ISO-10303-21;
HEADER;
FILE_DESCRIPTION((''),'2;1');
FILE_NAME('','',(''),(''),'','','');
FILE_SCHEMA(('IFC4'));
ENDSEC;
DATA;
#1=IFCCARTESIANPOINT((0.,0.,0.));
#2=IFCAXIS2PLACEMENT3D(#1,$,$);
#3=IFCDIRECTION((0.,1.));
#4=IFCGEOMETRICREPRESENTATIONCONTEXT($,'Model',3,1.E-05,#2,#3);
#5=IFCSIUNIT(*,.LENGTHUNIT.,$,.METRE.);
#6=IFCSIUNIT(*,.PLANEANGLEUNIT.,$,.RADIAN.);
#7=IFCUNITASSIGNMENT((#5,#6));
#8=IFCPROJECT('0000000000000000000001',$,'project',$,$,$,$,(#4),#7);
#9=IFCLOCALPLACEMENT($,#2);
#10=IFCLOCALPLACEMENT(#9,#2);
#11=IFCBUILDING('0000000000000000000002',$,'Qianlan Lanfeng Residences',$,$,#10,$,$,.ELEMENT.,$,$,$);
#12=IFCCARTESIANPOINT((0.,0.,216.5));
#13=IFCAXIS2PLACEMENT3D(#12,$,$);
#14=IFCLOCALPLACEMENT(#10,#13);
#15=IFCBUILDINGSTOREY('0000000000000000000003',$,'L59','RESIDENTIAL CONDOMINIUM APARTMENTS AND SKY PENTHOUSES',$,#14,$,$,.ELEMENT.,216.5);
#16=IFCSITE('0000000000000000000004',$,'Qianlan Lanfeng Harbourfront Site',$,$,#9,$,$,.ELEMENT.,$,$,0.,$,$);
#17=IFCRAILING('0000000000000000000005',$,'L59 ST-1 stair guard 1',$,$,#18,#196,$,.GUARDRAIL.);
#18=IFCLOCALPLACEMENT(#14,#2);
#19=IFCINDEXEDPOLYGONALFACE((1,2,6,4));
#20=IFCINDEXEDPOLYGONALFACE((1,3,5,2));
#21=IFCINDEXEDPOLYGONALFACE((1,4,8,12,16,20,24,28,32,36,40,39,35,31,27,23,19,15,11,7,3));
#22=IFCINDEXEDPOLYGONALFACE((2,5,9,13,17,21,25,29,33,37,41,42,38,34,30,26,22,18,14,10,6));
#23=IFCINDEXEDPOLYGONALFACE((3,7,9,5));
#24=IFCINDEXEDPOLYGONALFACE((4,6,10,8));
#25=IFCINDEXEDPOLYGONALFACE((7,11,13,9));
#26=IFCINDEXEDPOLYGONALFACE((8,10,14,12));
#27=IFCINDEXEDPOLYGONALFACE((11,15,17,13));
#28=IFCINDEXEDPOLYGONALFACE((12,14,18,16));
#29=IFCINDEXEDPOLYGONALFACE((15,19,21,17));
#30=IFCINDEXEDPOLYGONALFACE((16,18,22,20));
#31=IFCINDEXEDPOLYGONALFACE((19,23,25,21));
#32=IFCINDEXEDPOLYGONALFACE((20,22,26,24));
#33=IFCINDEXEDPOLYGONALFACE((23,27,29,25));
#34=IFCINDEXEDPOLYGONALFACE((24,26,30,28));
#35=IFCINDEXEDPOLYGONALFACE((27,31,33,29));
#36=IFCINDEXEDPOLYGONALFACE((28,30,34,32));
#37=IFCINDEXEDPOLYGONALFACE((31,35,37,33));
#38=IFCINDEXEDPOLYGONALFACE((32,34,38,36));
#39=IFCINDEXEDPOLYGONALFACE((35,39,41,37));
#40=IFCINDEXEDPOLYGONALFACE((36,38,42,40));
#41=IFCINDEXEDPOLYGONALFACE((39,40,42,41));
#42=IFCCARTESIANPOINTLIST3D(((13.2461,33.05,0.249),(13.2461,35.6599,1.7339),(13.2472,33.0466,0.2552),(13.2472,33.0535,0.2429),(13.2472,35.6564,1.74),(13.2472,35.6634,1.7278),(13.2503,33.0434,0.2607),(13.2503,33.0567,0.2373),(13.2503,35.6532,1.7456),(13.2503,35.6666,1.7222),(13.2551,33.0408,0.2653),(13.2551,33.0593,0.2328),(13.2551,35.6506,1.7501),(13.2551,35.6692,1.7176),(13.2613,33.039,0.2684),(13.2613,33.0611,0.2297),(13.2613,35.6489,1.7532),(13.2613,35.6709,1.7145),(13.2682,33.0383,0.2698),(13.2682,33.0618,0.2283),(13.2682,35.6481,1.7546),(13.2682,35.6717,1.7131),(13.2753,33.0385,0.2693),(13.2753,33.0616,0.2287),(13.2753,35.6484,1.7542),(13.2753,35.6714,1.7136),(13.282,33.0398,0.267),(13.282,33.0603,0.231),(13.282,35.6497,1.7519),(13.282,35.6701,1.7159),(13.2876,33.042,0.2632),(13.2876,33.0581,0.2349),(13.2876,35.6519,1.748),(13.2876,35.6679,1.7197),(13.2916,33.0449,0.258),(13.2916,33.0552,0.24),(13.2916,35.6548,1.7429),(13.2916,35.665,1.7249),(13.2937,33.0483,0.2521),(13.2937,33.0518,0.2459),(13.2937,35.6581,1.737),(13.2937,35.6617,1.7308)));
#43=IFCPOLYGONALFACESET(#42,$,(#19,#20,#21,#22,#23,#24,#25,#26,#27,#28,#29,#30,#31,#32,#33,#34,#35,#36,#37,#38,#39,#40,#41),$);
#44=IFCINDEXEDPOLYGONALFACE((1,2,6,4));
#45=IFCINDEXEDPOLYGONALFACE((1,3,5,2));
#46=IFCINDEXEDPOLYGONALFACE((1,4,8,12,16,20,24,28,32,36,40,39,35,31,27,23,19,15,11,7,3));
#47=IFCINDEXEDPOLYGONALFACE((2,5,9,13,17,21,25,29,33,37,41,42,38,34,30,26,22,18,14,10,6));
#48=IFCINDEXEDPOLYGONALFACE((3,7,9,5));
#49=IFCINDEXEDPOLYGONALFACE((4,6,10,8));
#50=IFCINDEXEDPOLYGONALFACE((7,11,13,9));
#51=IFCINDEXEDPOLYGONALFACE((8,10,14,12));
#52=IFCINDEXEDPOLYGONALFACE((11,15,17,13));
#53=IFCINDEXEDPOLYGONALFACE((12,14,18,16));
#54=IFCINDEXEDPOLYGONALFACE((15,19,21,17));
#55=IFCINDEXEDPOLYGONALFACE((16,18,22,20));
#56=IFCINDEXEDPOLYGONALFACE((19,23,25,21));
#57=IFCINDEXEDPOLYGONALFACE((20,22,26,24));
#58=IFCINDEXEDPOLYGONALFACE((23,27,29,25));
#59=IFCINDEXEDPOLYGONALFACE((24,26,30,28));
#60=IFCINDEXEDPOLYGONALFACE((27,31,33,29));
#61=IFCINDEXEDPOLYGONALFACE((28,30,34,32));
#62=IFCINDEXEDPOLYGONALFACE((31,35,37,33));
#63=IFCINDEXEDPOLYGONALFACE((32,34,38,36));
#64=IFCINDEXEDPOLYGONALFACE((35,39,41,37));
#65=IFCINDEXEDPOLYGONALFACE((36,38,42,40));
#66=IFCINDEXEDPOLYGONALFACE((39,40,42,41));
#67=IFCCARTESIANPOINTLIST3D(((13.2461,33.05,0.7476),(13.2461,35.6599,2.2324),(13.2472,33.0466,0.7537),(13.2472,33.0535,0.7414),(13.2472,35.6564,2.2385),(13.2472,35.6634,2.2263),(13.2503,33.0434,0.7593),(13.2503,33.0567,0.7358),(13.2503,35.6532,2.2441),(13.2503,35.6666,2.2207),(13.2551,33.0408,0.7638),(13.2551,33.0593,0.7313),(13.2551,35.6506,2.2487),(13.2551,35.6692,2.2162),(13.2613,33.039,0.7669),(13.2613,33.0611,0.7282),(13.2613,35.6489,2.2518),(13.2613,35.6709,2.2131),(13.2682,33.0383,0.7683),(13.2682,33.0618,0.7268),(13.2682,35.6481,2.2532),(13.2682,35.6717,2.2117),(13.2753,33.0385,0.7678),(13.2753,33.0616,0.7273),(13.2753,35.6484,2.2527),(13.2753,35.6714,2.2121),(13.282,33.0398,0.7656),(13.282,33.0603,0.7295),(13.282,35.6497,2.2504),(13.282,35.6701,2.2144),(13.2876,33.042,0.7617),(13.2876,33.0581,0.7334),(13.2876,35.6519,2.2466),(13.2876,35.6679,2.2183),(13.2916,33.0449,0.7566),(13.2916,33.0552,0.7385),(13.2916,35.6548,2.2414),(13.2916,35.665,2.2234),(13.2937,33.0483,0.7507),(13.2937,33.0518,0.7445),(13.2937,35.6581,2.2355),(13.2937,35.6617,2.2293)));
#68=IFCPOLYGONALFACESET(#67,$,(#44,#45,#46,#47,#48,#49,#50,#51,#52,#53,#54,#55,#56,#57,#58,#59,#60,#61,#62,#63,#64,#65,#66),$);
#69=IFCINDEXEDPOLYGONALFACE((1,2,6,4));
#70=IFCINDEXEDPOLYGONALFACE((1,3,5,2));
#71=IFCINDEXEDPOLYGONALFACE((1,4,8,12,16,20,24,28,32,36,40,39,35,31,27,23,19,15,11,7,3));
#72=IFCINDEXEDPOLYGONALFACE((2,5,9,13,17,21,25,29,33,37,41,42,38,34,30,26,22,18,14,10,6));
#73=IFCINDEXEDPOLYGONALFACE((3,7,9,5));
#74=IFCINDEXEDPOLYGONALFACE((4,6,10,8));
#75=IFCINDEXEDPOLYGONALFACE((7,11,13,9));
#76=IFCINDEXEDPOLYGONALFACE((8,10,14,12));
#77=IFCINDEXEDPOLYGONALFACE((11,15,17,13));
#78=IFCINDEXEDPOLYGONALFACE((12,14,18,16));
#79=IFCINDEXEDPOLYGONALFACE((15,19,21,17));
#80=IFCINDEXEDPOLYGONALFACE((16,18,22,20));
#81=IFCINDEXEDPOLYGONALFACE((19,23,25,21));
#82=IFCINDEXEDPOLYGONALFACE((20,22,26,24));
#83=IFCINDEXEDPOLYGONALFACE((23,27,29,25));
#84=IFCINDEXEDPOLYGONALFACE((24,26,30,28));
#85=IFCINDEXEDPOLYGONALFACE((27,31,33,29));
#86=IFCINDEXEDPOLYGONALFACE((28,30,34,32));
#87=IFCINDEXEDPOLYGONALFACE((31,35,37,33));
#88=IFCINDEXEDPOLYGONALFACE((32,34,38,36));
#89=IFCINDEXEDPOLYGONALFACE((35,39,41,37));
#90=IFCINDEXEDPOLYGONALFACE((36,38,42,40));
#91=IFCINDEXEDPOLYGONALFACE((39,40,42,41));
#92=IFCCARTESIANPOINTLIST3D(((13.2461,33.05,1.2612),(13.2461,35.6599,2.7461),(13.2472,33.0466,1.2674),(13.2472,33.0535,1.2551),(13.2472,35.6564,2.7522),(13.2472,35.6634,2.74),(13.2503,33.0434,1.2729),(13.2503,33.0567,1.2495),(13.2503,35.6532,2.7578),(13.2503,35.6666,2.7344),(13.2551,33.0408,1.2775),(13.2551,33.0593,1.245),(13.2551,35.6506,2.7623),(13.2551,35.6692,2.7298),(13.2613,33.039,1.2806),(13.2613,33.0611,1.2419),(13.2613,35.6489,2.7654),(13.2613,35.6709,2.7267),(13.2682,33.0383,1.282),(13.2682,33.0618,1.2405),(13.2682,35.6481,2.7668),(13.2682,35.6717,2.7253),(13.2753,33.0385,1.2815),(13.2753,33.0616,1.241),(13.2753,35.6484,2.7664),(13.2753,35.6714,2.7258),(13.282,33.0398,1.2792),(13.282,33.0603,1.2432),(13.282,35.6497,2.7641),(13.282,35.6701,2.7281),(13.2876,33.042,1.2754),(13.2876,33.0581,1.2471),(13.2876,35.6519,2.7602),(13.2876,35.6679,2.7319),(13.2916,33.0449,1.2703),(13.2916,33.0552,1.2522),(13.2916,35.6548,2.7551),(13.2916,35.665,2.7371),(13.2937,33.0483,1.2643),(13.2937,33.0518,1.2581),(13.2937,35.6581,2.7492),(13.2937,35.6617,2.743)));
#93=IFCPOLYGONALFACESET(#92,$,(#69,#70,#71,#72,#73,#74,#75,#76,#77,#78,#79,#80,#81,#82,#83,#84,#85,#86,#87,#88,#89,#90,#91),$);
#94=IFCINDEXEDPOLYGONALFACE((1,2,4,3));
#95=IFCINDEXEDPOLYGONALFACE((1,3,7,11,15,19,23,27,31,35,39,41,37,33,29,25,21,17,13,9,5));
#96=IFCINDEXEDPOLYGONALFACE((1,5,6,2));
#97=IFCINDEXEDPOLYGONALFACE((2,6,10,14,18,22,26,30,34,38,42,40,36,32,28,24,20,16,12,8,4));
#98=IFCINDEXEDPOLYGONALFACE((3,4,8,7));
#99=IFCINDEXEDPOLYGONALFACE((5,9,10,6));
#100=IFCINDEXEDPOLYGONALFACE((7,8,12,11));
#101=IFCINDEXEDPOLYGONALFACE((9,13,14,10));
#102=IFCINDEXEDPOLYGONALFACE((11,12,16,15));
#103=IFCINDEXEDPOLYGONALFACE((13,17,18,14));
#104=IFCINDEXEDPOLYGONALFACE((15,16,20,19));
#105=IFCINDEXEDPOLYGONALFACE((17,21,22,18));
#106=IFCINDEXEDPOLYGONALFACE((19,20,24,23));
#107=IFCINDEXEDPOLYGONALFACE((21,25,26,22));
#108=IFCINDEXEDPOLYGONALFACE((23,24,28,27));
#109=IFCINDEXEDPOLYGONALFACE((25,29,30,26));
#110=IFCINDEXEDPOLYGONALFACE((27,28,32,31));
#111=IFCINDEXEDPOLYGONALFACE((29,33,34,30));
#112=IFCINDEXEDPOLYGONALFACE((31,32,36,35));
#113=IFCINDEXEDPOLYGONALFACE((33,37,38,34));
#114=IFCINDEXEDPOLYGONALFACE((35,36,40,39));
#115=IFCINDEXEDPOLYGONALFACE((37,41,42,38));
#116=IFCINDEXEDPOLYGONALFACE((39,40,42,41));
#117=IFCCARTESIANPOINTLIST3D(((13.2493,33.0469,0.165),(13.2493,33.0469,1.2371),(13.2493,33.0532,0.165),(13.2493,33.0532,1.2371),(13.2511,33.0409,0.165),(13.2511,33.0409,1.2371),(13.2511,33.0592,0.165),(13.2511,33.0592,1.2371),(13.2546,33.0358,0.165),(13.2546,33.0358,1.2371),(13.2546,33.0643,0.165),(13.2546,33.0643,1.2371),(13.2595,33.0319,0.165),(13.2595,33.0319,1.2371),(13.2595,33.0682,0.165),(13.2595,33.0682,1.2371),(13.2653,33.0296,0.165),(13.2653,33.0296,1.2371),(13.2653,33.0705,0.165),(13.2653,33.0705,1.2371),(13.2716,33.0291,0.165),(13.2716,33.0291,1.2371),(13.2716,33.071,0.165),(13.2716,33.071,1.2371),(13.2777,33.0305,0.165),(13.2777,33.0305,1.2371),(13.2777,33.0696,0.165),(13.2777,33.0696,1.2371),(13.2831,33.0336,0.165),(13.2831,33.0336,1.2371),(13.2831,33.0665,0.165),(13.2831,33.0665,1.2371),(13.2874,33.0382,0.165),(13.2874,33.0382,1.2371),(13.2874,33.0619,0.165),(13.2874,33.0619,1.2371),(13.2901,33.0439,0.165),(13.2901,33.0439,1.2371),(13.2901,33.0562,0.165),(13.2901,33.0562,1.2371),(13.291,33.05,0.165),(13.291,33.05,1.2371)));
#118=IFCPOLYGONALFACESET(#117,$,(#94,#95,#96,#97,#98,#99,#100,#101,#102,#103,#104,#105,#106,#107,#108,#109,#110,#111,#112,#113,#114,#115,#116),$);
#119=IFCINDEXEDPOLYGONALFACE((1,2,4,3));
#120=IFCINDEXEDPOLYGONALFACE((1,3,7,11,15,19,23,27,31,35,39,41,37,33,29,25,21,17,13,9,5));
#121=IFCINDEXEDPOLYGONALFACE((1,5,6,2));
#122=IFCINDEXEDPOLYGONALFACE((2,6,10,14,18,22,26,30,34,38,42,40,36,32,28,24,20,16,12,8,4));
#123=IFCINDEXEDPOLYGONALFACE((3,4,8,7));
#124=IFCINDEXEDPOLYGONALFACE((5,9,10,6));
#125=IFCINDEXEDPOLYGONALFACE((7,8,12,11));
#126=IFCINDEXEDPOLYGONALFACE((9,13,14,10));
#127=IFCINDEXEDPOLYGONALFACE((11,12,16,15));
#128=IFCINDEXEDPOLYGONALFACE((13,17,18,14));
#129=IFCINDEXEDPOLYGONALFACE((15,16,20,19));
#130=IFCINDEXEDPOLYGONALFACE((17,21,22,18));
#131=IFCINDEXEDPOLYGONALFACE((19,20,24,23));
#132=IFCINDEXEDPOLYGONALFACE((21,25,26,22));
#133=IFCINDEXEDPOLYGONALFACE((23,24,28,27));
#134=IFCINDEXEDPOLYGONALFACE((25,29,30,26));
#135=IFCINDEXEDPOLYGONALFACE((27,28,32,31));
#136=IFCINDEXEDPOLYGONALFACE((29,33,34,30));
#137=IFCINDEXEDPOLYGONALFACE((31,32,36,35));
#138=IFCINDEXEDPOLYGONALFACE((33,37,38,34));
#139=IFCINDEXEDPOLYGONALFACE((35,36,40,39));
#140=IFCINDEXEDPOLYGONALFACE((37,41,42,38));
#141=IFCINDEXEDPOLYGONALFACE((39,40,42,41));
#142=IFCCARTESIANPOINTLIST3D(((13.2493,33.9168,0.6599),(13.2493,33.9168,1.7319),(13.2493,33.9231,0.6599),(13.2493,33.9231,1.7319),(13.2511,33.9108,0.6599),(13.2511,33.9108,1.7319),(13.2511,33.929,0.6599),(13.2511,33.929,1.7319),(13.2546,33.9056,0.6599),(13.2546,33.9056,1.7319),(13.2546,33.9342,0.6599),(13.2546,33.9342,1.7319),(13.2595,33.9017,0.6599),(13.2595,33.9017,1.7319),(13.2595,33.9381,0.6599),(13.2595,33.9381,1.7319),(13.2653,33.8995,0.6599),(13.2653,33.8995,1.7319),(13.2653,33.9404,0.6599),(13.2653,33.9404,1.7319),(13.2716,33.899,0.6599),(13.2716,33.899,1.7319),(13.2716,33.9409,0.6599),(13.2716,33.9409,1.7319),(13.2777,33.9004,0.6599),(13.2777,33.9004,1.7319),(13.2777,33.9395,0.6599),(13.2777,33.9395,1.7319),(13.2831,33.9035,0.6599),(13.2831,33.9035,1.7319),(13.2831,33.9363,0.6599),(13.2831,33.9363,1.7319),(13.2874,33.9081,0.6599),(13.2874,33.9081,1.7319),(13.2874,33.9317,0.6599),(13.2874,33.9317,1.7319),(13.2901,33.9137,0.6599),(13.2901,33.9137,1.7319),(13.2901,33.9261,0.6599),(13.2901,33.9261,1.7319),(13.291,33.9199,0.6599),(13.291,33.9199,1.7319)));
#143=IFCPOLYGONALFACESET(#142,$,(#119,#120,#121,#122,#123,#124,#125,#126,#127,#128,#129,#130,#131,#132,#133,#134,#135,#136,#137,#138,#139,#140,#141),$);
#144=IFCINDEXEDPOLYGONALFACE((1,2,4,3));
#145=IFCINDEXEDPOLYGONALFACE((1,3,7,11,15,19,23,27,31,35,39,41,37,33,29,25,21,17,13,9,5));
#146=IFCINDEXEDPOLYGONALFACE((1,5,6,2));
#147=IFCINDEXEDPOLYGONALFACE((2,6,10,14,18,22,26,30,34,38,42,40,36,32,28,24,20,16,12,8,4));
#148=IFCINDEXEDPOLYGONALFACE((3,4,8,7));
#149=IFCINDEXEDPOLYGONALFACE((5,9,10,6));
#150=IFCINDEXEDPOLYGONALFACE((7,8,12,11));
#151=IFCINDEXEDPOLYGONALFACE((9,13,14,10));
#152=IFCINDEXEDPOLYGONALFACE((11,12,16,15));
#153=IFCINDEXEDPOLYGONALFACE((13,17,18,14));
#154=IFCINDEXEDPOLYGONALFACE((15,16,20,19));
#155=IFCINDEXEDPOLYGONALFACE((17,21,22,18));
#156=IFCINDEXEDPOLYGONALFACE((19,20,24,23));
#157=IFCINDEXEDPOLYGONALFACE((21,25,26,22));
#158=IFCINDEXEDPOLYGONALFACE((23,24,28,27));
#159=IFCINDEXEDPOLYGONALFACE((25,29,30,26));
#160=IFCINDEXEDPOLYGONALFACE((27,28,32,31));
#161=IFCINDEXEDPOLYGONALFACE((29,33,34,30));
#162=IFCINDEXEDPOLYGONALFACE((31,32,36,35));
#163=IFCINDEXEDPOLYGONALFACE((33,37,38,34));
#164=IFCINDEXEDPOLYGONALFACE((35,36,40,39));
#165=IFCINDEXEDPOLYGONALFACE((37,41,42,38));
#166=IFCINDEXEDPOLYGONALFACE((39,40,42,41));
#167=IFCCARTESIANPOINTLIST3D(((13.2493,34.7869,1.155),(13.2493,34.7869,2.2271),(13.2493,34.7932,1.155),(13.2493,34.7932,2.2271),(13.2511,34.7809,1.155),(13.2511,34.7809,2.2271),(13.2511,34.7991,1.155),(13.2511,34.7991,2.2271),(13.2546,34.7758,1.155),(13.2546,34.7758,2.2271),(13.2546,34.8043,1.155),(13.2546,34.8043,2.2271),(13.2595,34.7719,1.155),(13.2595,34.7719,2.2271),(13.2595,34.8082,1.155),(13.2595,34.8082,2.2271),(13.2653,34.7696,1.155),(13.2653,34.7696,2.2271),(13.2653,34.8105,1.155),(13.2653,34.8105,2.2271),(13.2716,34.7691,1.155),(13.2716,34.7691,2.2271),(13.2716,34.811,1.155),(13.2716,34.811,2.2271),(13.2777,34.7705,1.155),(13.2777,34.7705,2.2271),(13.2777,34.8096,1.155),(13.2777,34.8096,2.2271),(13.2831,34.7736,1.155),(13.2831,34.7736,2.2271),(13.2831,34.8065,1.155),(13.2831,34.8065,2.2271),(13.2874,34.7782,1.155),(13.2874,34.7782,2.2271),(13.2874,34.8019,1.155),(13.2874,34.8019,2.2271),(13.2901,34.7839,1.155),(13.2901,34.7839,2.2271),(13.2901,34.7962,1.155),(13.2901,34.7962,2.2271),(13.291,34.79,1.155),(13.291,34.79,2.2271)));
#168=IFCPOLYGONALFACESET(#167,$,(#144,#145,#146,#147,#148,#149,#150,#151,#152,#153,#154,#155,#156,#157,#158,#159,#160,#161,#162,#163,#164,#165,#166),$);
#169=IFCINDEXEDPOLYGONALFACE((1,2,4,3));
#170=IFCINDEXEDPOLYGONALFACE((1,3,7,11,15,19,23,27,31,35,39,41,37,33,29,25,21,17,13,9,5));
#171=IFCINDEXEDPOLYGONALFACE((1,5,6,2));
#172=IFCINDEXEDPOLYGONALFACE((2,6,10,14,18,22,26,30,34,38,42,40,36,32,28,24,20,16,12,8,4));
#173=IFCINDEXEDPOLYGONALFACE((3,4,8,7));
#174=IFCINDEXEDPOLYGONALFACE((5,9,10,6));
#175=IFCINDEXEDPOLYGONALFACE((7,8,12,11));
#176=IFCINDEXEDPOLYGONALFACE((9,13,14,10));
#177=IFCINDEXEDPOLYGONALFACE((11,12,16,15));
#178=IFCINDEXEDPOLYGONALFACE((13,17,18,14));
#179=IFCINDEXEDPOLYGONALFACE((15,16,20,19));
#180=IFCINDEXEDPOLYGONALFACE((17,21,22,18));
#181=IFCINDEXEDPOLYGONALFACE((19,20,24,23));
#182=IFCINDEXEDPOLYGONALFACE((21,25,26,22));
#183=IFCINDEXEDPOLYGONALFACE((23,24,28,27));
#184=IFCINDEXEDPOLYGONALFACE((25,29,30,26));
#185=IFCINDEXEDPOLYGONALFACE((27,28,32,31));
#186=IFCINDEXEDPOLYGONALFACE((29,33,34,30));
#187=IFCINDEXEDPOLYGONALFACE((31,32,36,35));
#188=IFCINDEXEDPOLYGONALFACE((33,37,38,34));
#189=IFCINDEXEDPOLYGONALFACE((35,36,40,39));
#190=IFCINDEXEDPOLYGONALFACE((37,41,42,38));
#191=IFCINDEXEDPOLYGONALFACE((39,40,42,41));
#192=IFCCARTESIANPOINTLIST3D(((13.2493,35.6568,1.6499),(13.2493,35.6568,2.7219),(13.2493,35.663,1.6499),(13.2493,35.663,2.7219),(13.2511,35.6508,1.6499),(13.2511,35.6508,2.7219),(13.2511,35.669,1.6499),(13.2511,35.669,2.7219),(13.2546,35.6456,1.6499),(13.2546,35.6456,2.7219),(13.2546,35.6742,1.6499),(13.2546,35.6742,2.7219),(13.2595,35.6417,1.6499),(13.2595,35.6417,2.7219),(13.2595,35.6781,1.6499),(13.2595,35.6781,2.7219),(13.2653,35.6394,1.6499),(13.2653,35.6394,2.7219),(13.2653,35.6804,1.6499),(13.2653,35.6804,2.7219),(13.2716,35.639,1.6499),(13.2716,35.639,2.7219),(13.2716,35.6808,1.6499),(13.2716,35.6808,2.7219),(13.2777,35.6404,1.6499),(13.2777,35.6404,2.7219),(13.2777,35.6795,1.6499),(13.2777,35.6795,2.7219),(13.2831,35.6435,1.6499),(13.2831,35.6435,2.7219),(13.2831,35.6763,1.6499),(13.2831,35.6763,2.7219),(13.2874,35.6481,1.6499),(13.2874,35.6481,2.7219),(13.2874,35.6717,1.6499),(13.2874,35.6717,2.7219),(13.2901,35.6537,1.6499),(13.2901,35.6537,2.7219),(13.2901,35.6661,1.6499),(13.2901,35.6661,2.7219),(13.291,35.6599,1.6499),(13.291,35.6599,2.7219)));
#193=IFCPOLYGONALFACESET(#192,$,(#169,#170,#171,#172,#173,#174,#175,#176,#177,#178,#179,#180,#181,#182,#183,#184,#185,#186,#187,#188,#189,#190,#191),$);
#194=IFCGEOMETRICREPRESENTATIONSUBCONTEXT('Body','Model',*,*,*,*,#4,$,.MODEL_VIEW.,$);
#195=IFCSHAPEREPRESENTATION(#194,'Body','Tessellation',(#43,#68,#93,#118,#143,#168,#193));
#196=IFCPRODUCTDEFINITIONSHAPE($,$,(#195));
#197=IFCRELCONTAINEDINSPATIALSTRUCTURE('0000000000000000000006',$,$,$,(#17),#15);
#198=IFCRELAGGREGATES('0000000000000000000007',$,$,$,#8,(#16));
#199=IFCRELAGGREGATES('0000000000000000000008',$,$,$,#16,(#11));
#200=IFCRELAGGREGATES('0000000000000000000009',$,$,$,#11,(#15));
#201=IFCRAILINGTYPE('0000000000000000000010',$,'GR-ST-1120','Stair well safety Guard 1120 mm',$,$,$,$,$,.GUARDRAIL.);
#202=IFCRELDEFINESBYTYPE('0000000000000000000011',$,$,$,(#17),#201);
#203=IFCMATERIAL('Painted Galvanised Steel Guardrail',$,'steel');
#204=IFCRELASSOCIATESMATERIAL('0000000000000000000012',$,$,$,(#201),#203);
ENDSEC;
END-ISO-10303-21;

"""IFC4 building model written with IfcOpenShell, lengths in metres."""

from ifc_helpers import new_model, si_unit, direction, frame, origin, origin_2d, place, context, subcontext, project, spatial, circle, extrude, material, type_object, element, save


model = new_model("IFC4")

# Units and contexts
model_context = context("Model", 3, precision=1e-05, world=origin(), true_north=direction((0.0, 1.0)))
body_context = subcontext(model_context, "Body", "Model", "MODEL_VIEW")
ifc_project = project(units=[si_unit("LENGTHUNIT", "METRE"), si_unit("PLANEANGLEUNIT", "RADIAN")], contexts=[model_context])

# Site, building, storey
site_placement = place(None, origin())
site = spatial("IfcSite", under=ifc_project, at=site_placement, Name="Qianlan Lanfeng Harbourfront Site", CompositionType="ELEMENT", RefElevation=0.0)
building_placement = place(site_placement, origin())
building = spatial("IfcBuilding", under=site, at=building_placement, Name="Qianlan Lanfeng Residences", CompositionType="ELEMENT")
storey_placement = place(building_placement, frame((0.0, 0.0, 216.5)))
storey = spatial("IfcBuildingStorey", under=building, at=storey_placement, Name="L59", Description="RESIDENTIAL CONDOMINIUM APARTMENTS AND SKY PENTHOUSES", CompositionType="ELEMENT", Elevation=216.5)

# Railing
ifc_material_1 = material(Name="Painted Galvanised Steel Guardrail", Category="steel")
railing_type = type_object("IfcRailingType", Name="GR-ST-1120", Description="Stair well safety Guard 1120 mm", PredefinedType="GUARDRAIL", material=ifc_material_1)
railing_1_placement = place(storey_placement, frame((13.27, 33.05, 0.165)))
element("IfcRailing", 1, at=railing_1_placement, inside=storey, type_object=railing_type, Name="L59 ST-1 stair guard 1", PredefinedType="GUARDRAIL", context=body_context, shape_type="SweptSolid", body=[
    extrude(circle(Radius=0.0239, at=origin_2d()), frame((0.0, 0.0, 0.084), z_axis=(0.0, 0.869172, 0.494509), x_axis=(-1.0, 0.0, 0.0)), (0.0, 0.0, 1.0), 3.0027),
    extrude(circle(Radius=0.0239, at=origin_2d()), frame((0.0, 0.0, 0.5825), z_axis=(0.0, 0.869172, 0.494509), x_axis=(-1.0, 0.0, 0.0)), (0.0, 0.0, 1.0), 3.0027),
    extrude(circle(Radius=0.0239, at=origin_2d()), frame((0.0, 0.0, 1.0962), z_axis=(0.0, 0.869172, 0.494509), x_axis=(-1.0, 0.0, 0.0)), (0.0, 0.0, 1.0), 3.0027),
    extrude(circle(Radius=0.021, at=origin_2d()), origin(), (0.0, 0.0, 1.0), 1.072),
    extrude(circle(Radius=0.021, at=origin_2d()), frame((0.0, 0.8699, 0.4949)), (0.0, 0.0, 1.0), 1.072),
    extrude(circle(Radius=0.021, at=origin_2d()), frame((0.0, 1.74, 0.99)), (0.0, 0.0, 1.0), 1.072),
    extrude(circle(Radius=0.021, at=origin_2d()), frame((0.0, 2.6099, 1.4849)), (0.0, 0.0, 1.0), 1.072),
])

save(model, "model.ifc")
